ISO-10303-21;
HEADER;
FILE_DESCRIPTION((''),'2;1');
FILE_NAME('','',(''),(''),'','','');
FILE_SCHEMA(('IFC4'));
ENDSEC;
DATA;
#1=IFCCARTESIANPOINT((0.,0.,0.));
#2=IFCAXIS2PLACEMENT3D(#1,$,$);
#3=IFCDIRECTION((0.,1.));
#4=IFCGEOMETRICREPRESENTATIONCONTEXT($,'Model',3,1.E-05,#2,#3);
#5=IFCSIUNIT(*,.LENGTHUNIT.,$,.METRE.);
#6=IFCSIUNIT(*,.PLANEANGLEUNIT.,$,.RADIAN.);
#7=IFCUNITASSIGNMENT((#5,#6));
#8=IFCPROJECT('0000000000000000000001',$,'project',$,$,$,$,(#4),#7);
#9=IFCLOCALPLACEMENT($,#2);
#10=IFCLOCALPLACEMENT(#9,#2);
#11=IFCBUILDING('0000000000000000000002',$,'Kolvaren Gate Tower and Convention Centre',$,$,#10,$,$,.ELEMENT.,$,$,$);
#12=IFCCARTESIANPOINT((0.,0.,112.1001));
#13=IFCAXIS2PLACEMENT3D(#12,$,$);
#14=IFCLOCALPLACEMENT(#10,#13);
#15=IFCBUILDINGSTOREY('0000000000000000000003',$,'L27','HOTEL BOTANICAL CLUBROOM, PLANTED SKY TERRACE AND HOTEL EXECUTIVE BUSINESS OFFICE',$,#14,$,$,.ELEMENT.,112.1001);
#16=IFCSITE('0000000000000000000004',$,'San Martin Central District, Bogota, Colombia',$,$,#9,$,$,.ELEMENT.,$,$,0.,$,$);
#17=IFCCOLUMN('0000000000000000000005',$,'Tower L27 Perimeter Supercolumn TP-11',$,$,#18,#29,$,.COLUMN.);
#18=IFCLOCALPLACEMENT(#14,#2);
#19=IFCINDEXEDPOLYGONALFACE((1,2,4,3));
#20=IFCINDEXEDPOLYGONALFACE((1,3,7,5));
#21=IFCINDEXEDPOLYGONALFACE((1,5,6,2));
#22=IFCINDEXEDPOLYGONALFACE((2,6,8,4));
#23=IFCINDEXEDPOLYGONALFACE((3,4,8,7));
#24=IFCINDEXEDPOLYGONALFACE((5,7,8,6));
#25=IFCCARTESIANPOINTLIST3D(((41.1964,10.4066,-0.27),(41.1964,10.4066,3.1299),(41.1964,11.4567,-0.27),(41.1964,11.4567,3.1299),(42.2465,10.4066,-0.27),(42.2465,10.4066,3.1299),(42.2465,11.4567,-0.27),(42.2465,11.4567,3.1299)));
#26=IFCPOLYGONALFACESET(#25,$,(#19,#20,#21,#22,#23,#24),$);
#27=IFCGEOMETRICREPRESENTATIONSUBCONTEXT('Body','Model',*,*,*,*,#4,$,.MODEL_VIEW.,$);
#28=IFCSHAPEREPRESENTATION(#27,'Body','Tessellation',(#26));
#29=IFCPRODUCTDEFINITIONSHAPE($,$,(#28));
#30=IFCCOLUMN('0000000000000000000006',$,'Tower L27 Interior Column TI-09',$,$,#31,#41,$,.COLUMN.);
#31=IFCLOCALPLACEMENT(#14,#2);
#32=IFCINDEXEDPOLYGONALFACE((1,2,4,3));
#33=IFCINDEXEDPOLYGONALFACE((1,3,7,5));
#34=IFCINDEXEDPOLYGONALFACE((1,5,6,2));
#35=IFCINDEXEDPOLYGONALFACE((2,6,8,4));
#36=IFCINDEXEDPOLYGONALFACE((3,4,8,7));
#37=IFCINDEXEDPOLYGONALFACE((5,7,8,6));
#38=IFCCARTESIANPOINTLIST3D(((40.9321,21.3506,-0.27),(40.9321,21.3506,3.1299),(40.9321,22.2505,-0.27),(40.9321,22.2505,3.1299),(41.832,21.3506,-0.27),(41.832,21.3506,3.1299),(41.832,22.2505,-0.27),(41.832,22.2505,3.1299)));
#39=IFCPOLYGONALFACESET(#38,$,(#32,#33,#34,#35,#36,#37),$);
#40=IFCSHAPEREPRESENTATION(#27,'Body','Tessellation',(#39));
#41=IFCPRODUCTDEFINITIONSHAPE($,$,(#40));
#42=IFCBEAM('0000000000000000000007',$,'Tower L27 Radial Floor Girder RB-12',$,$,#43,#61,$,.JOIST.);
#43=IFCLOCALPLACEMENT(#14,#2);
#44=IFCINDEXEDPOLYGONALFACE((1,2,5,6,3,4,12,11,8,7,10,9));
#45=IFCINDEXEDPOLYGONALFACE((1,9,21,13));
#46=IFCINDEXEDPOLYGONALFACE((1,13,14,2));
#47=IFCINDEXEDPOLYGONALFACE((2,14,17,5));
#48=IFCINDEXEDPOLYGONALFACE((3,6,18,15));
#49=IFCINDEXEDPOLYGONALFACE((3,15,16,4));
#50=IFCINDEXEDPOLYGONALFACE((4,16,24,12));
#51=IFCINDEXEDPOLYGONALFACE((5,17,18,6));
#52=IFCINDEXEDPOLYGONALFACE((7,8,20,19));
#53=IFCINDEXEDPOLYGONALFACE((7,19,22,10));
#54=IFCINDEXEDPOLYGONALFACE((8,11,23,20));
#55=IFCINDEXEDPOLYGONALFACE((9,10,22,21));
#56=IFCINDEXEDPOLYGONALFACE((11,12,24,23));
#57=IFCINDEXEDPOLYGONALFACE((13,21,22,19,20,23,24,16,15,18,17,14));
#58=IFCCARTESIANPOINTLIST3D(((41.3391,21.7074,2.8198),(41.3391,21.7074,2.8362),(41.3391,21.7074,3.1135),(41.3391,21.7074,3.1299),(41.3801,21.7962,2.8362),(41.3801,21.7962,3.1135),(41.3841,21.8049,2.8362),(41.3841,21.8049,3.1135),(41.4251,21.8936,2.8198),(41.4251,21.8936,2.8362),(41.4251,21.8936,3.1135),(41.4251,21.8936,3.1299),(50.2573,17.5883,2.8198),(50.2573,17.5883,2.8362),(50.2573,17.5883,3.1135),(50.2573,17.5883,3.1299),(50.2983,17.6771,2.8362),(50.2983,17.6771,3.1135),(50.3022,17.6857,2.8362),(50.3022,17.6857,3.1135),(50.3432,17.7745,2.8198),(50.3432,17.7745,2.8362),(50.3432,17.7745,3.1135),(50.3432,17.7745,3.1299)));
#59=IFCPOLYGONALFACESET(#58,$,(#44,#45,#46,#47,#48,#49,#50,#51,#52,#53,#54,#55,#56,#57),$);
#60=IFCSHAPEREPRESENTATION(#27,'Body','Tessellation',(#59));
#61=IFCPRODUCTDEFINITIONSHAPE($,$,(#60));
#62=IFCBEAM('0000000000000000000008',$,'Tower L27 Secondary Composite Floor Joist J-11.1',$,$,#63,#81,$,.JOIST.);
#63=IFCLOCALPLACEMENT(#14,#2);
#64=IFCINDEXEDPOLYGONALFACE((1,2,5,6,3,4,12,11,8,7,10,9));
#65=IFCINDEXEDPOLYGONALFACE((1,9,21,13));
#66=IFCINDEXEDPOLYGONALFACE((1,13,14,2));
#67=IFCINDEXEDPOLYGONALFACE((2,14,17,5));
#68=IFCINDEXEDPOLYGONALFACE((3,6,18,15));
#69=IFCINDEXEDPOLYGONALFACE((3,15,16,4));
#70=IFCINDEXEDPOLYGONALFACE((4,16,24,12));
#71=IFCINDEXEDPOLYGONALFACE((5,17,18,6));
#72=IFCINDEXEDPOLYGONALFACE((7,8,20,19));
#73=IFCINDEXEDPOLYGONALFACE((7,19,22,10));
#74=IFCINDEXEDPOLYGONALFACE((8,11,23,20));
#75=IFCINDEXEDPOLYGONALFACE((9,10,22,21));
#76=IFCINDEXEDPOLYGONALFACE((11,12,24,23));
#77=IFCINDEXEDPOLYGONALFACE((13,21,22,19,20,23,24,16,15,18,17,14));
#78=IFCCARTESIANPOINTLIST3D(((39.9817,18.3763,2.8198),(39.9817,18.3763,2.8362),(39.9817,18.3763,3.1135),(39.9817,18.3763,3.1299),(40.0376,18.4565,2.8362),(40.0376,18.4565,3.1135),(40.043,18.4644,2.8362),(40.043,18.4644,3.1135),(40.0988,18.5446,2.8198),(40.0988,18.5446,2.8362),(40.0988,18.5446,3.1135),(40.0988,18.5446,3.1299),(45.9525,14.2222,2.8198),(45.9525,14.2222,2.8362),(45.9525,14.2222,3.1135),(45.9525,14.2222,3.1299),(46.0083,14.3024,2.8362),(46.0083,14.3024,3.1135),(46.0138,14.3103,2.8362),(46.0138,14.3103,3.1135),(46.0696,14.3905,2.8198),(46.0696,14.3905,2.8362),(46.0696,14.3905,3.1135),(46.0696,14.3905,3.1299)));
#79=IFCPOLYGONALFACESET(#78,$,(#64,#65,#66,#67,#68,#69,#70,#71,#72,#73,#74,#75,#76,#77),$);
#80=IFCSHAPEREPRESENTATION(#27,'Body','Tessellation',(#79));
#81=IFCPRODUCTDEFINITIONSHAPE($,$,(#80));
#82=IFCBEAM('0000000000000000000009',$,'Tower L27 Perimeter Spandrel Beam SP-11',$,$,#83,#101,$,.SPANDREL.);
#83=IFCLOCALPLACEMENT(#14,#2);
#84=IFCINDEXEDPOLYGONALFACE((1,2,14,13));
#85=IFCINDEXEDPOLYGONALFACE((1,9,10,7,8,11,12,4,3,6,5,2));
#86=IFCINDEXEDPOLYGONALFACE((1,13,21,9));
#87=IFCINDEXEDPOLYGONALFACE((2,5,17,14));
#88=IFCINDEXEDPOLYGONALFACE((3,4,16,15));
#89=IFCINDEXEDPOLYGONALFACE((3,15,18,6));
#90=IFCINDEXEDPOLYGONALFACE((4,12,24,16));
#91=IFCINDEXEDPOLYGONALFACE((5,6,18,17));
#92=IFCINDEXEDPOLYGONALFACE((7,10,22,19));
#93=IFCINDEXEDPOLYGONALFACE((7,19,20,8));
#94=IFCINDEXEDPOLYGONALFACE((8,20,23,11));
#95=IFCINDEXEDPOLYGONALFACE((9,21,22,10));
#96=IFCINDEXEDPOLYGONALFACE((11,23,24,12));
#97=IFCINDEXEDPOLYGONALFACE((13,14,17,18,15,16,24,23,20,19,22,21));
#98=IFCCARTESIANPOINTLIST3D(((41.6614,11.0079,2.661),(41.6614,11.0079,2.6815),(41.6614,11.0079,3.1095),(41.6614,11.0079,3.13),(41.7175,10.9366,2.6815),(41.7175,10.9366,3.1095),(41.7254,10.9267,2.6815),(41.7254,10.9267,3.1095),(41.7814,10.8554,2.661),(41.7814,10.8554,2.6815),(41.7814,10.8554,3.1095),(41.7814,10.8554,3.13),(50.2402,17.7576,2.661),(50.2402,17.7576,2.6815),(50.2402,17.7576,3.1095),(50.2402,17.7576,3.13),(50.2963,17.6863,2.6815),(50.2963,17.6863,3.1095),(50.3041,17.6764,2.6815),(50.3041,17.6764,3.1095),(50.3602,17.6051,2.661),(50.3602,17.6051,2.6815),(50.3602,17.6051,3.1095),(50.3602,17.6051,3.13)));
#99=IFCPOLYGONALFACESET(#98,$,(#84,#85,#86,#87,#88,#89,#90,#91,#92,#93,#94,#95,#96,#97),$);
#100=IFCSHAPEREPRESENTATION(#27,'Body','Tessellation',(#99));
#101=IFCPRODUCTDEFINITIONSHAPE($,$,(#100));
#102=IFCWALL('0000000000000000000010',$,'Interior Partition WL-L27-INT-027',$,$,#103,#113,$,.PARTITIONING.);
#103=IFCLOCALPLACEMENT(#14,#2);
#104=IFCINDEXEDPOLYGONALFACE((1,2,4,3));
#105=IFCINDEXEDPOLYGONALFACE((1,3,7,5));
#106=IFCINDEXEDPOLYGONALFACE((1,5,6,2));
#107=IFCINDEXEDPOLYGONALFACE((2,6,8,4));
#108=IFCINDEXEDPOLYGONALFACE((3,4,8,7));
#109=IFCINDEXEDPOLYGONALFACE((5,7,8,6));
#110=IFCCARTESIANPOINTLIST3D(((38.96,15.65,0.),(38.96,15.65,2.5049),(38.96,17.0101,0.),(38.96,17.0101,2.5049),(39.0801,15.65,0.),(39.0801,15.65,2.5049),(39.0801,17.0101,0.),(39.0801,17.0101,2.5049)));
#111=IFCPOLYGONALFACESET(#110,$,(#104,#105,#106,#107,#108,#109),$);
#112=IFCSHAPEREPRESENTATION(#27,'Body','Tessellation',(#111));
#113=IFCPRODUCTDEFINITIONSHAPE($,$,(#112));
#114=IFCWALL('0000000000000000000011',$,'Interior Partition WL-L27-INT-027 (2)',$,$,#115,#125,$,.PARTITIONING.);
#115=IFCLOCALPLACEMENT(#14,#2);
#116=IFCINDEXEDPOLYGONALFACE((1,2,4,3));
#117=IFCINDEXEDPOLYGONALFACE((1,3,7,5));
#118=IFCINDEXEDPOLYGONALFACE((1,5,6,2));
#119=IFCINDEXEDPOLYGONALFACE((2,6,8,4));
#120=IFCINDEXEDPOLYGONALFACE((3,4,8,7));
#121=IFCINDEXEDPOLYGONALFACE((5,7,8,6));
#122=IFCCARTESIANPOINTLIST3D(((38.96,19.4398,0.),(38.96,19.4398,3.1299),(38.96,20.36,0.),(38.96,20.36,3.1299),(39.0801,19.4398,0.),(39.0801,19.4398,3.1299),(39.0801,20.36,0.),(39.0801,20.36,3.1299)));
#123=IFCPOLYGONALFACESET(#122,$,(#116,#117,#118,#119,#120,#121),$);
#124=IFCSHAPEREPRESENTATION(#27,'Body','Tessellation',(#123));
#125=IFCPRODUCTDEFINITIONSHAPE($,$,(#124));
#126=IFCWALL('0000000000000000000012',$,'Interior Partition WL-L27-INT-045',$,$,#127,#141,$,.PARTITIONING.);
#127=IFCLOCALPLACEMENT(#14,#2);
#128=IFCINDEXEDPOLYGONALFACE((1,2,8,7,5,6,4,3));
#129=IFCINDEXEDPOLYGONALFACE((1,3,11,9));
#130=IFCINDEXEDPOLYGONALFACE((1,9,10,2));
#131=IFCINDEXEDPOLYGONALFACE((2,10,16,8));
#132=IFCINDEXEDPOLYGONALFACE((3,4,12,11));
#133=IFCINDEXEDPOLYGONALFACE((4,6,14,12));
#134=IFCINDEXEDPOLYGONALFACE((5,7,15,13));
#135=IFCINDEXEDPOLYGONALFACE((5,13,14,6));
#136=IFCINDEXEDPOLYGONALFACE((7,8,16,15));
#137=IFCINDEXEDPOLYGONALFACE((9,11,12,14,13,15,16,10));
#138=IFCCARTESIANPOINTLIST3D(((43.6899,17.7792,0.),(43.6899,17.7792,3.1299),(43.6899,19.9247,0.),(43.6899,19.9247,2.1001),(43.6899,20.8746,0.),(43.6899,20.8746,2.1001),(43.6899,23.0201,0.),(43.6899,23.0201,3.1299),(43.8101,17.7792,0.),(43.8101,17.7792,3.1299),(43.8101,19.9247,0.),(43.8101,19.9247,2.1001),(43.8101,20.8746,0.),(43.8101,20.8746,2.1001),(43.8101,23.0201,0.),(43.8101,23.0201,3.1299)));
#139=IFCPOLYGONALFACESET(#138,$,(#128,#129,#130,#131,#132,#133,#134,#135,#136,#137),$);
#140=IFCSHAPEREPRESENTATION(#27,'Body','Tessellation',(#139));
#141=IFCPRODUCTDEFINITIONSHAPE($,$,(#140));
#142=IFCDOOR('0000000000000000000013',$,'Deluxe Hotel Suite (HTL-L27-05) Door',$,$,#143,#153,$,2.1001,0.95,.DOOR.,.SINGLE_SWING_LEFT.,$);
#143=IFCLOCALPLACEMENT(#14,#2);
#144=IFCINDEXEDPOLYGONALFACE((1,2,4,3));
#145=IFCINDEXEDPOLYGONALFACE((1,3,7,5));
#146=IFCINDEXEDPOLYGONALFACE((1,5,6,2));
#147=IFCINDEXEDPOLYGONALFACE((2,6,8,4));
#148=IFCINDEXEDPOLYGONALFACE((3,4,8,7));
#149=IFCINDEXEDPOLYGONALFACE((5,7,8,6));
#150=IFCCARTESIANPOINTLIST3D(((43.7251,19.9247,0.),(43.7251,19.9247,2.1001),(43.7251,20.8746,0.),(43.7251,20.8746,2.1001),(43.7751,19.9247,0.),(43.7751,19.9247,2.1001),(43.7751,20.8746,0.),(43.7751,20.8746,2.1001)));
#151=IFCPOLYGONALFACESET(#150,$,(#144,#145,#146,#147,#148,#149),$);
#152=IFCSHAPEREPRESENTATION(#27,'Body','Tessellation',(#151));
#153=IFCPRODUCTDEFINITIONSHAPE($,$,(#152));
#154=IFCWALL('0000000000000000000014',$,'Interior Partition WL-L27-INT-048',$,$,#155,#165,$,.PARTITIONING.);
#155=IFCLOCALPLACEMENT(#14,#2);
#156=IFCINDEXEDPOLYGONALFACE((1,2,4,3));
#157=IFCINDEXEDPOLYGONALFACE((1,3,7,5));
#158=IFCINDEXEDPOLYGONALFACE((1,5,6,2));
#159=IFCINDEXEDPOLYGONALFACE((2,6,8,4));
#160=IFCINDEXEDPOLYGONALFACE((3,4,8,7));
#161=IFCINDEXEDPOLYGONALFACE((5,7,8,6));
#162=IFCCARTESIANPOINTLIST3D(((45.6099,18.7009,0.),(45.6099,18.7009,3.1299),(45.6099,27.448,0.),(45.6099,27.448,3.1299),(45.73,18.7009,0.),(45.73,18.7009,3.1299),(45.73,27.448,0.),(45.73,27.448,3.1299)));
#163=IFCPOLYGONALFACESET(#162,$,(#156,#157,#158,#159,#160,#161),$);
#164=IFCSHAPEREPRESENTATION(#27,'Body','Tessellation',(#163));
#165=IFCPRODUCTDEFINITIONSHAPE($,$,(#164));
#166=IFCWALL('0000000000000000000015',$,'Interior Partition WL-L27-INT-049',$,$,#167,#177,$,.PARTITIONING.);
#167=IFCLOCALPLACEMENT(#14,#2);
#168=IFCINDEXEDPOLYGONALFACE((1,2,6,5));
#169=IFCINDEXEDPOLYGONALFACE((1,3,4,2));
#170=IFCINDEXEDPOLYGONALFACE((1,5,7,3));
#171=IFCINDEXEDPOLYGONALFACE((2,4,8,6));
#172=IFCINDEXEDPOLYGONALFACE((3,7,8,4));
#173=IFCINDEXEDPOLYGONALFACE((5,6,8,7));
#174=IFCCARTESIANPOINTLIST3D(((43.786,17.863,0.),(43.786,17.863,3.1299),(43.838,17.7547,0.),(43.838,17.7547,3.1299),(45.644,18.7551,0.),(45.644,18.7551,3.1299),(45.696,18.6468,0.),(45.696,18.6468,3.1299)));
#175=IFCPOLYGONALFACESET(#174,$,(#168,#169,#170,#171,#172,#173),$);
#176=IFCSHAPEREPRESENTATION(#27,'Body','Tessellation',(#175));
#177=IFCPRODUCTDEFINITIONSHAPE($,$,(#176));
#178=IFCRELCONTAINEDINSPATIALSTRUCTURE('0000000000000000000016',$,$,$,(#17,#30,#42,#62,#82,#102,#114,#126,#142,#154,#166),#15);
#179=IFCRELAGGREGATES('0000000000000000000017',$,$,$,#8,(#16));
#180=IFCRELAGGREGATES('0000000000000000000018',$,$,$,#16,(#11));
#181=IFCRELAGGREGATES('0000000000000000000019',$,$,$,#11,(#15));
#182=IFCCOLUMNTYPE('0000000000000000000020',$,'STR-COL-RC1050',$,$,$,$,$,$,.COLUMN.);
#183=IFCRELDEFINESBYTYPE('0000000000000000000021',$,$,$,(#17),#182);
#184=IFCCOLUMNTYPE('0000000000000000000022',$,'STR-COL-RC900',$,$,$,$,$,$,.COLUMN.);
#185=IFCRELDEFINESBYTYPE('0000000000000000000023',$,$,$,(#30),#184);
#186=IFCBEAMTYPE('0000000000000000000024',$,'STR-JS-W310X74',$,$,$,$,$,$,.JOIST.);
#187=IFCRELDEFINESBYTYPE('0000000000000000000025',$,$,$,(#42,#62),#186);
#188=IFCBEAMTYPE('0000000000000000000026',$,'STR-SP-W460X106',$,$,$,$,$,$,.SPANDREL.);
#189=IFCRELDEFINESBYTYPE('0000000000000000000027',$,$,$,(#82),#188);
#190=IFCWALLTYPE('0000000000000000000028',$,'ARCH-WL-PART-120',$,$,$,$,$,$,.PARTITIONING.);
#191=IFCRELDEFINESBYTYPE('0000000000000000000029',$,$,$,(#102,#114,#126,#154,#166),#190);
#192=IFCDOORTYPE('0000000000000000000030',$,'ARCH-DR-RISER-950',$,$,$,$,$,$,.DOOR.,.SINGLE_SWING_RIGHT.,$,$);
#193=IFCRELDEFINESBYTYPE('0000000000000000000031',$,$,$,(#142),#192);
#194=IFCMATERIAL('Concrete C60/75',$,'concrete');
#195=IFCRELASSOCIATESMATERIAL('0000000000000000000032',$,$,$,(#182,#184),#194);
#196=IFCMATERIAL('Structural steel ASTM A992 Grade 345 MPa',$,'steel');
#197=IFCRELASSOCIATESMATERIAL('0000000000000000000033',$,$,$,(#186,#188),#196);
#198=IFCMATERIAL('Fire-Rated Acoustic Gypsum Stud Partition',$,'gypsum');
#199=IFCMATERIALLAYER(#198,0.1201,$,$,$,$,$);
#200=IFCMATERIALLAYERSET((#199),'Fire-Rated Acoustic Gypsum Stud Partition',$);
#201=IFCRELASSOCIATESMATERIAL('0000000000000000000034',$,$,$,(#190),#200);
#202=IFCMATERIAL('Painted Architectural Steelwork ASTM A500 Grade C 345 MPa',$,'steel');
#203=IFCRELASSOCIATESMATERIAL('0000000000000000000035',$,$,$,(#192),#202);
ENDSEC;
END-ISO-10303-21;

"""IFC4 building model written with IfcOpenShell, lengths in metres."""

from ifc_helpers import new_model, si_unit, direction, frame, frame_2d, origin, origin_2d, place, context, subcontext, project, spatial, rectangle, i_section, extrude, material, layer, layer_set, material_profile, profile_set, type_object, element, fill, save


model = new_model("IFC4")

# Units and contexts
model_context = context("Model", 3, precision=1e-05, world=origin(), true_north=direction((0.0, 1.0)))
body_context = subcontext(model_context, "Body", "Model", "MODEL_VIEW")
ifc_project = project(units=[si_unit("LENGTHUNIT", "METRE"), si_unit("PLANEANGLEUNIT", "RADIAN")], contexts=[model_context])

# Site, building, storey
site_placement = place(None, origin())
site = spatial("IfcSite", under=ifc_project, at=site_placement, Name="San Martin Central District, Bogota, Colombia", CompositionType="ELEMENT", RefElevation=0.0)
building_placement = place(site_placement, origin())
building = spatial("IfcBuilding", under=site, at=building_placement, Name="Kolvaren Gate Tower and Convention Centre", CompositionType="ELEMENT")
storey_placement = place(building_placement, frame((0.0, 0.0, 112.1001)))
storey = spatial("IfcBuildingStorey", under=building, at=storey_placement, Name="L27", Description="HOTEL BOTANICAL CLUBROOM, PLANTED SKY TERRACE AND HOTEL EXECUTIVE BUSINESS OFFICE", CompositionType="ELEMENT", Elevation=112.1001)

# Columns
ifc_material_1 = material(Name="Concrete C60/75", Category="concrete")
ifc_material_profile_1 = material_profile(ifc_material_1, rectangle(XDim=1.05, YDim=1.05, at=origin_2d()), Name="RC-COL-1050X1050")
ifc_profile_set_1 = profile_set([ifc_material_profile_1], Name="Concrete C60/75")
column_type_1 = type_object("IfcColumnType", Name="STR-COL-RC1050", PredefinedType="COLUMN", material=ifc_profile_set_1)
column_1_placement = place(storey_placement, frame((41.7214, 10.9316, -0.27), z_axis=(0.0, 0.0, 1.0), x_axis=(1.0, 0.0, 0.0)))
element("IfcColumn", 1, at=column_1_placement, inside=storey, type_object=column_type_1, Name="Tower L27 Perimeter Supercolumn TP-11", PredefinedType="COLUMN", context=body_context, shape_type="SweptSolid", body=[
    extrude(rectangle(XDim=1.05, YDim=1.05, at=origin_2d()), origin(), (0.0, 0.0, 1.0), 3.3999),
])
ifc_material_profile_2 = material_profile(ifc_material_1, rectangle(XDim=0.8999, YDim=0.8999, at=origin_2d()), Name="RC-COL-900X900")
ifc_profile_set_2 = profile_set([ifc_material_profile_2], Name="Concrete C60/75")
column_type_2 = type_object("IfcColumnType", Name="STR-COL-RC900", PredefinedType="COLUMN", material=ifc_profile_set_2)
column_2_placement = place(storey_placement, frame((41.3821, 21.8005, -0.27), z_axis=(0.0, 0.0, 1.0), x_axis=(1.0, 0.0, 0.0)))
element("IfcColumn", 2, at=column_2_placement, inside=storey, type_object=column_type_2, Name="Tower L27 Interior Column TI-09", PredefinedType="COLUMN", context=body_context, shape_type="SweptSolid", body=[
    extrude(rectangle(XDim=0.8999, YDim=0.8999, at=origin_2d()), origin(), (0.0, 0.0, 1.0), 3.3999),
])

# Beams
ifc_material_2 = material(Name="Structural steel ASTM A992 Grade 345 MPa", Category="steel")
ifc_material_profile_3 = material_profile(ifc_material_2, i_section(OverallWidth=0.2051, OverallDepth=0.3101, WebThickness=0.0095, FlangeThickness=0.0164, at=origin_2d()), Name="W310X74")
ifc_profile_set_3 = profile_set([ifc_material_profile_3], Name="Structural steel ASTM A992 Grade 345 MPa")
beam_type_1 = type_object("IfcBeamType", Name="STR-JS-W310X74", PredefinedType="JOIST", material=ifc_profile_set_3)
beam_1_placement = place(storey_placement, frame((41.3821, 21.8005, 2.9749), z_axis=(0.907842, -0.419313, 0.0), x_axis=(0.419313, 0.907842, 0.0)))
element("IfcBeam", 3, at=beam_1_placement, inside=storey, type_object=beam_type_1, Name="Tower L27 Radial Floor Girder RB-12", PredefinedType="JOIST", context=body_context, shape_type="SweptSolid", body=[
    extrude(i_section(OverallWidth=0.2051, OverallDepth=0.3101, WebThickness=0.0095, FlangeThickness=0.0164, at=origin_2d()), origin(), (0.0, 0.0, 1.0), 9.8235),
])
beam_2_placement = place(storey_placement, frame((40.0403, 18.4604, 2.9749), z_axis=(0.820872, -0.571113, 0.0), x_axis=(0.571113, 0.820872, 0.0)))
element("IfcBeam", 4, at=beam_2_placement, inside=storey, type_object=beam_type_1, Name="Tower L27 Secondary Composite Floor Joist J-11.1", PredefinedType="JOIST", context=body_context, shape_type="SweptSolid", body=[
    extrude(i_section(OverallWidth=0.2051, OverallDepth=0.3101, WebThickness=0.0095, FlangeThickness=0.0164, at=origin_2d()), origin(), (0.0, 0.0, 1.0), 7.2737),
])
ifc_material_profile_4 = material_profile(ifc_material_2, i_section(OverallWidth=0.1941, OverallDepth=0.469, WebThickness=0.0127, FlangeThickness=0.0205, at=origin_2d()), Name="W460X106")
ifc_profile_set_4 = profile_set([ifc_material_profile_4], Name="Structural steel ASTM A992 Grade 345 MPa")
beam_type_2 = type_object("IfcBeamType", Name="STR-SP-W460X106", PredefinedType="SPANDREL", material=ifc_profile_set_4)
beam_3_placement = place(storey_placement, frame((41.7214, 10.9316, 2.8955), z_axis=(0.785908, 0.618344, 0.0), x_axis=(-0.618344, 0.785908, 0.0)))
element("IfcBeam", 5, at=beam_3_placement, inside=storey, type_object=beam_type_2, Name="Tower L27 Perimeter Spandrel Beam SP-11", PredefinedType="SPANDREL", context=body_context, shape_type="SweptSolid", body=[
    extrude(i_section(OverallWidth=0.1941, OverallDepth=0.469, WebThickness=0.0127, FlangeThickness=0.0205, at=origin_2d()), origin(), (0.0, 0.0, 1.0), 10.9158),
])

# Walls
ifc_material_3 = material(Name="Fire-Rated Acoustic Gypsum Stud Partition", Category="gypsum")
ifc_layer_1 = layer(ifc_material_3, 0.1201)
ifc_layer_set_1 = layer_set([ifc_layer_1], Name="Fire-Rated Acoustic Gypsum Stud Partition")
wall_type_1 = type_object("IfcWallType", Name="ARCH-WL-PART-120", PredefinedType="PARTITIONING", material=ifc_layer_set_1)
wall_1_placement = place(storey_placement, frame((39.02, 15.6499, 0.0), z_axis=(0.0, 0.0, 1.0), x_axis=(0.0, 1.0, 0.0)))
element("IfcWall", 6, at=wall_1_placement, inside=storey, type_object=wall_type_1, Name="Interior Partition WL-L27-INT-027", PredefinedType="PARTITIONING", context=body_context, shape_type="SweptSolid", body=[
    extrude(rectangle(XDim=1.3601, YDim=0.1201, at=frame_2d((0.6802, 0.0))), origin(), (0.0, 0.0, 1.0), 2.5049),
])
wall_2_placement = place(storey_placement, frame((39.02, 19.4399, 0.0), z_axis=(0.0, 0.0, 1.0), x_axis=(0.0, 1.0, 0.0)))
element("IfcWall", 7, at=wall_2_placement, inside=storey, type_object=wall_type_1, Name="Interior Partition WL-L27-INT-027 (2)", PredefinedType="PARTITIONING", context=body_context, shape_type="SweptSolid", body=[
    extrude(rectangle(XDim=0.9202, YDim=0.1201, at=frame_2d((0.46, 0.0))), origin(), (0.0, 0.0, 1.0), 3.1299),
])

# Wall, opening, door
wall_3_placement = place(storey_placement, frame((43.75, 17.7791, 0.0), z_axis=(0.0, 0.0, 1.0), x_axis=(0.0, 1.0, 0.0)))
wall_3 = element("IfcWall", 8, at=wall_3_placement, inside=storey, type_object=wall_type_1, Name="Interior Partition WL-L27-INT-045", PredefinedType="PARTITIONING", context=body_context, shape_type="SweptSolid", body=[
    extrude(rectangle(XDim=5.241, YDim=0.1201, at=frame_2d((2.6206, 0.0))), origin(), (0.0, 0.0, 1.0), 3.1299),
])
opening_1_placement = place(wall_3_placement, frame((2.1455, 0.0, 0.0)))
opening_1 = element("IfcOpeningElement", 9, at=opening_1_placement, cuts=wall_3, PredefinedType="OPENING", context=body_context, shape_type="SweptSolid", body=[
    extrude(rectangle(XDim=0.95, YDim=2.1001, at=frame_2d((0.4751, 1.05))), frame((0.0, 0.0701, 0.0), z_axis=(0.0, -1.0, 0.0), x_axis=(1.0, 0.0, 0.0)), (0.0, 0.0, 1.0), 0.1401),
])
ifc_material_4 = material(Name="Painted Architectural Steelwork ASTM A500 Grade C 345 MPa", Category="steel")
door_type_1 = type_object("IfcDoorType", Name="ARCH-DR-RISER-950", OperationType="SINGLE_SWING_RIGHT", PredefinedType="DOOR", material=ifc_material_4)
door_1_placement = place(opening_1_placement, origin())
door_1 = element("IfcDoor", 10, at=door_1_placement, inside=storey, type_object=door_type_1, Name="Deluxe Hotel Suite (HTL-L27-05) Door", OperationType="SINGLE_SWING_LEFT", OverallHeight=2.1001, OverallWidth=0.95, PredefinedType="DOOR", context=body_context, shape_type="SweptSolid", body=[
    extrude(rectangle(XDim=0.95, YDim=2.1001, at=frame_2d((0.4751, 1.05))), frame((0.0, 0.0249, 0.0), z_axis=(0.0, -1.0, 0.0), x_axis=(1.0, 0.0, 0.0)), (0.0, 0.0, 1.0), 0.05),
])
fill(opening_1, door_1)

# Walls
wall_4_placement = place(storey_placement, frame((45.6699, 18.7009, 0.0), z_axis=(0.0, 0.0, 1.0), x_axis=(0.0, 1.0, 0.0)))
element("IfcWall", 11, at=wall_4_placement, inside=storey, type_object=wall_type_1, Name="Interior Partition WL-L27-INT-048", PredefinedType="PARTITIONING", context=body_context, shape_type="SweptSolid", body=[
    extrude(rectangle(XDim=8.7471, YDim=0.1201, at=frame_2d((4.3735, 0.0))), origin(), (0.0, 0.0, 1.0), 3.1299),
])
wall_5_placement = place(storey_placement, frame((43.812, 17.8088, 0.0), z_axis=(0.0, 0.0, 1.0), x_axis=(0.901468, 0.432847, 0.0)))
element("IfcWall", 12, at=wall_5_placement, inside=storey, type_object=wall_type_1, Name="Interior Partition WL-L27-INT-049", PredefinedType="PARTITIONING", context=body_context, shape_type="SweptSolid", body=[
    extrude(rectangle(XDim=2.061, YDim=0.1201, at=frame_2d((1.0305, 0.0))), origin(), (0.0, 0.0, 1.0), 3.1299),
])

save(model, "model.ifc")
